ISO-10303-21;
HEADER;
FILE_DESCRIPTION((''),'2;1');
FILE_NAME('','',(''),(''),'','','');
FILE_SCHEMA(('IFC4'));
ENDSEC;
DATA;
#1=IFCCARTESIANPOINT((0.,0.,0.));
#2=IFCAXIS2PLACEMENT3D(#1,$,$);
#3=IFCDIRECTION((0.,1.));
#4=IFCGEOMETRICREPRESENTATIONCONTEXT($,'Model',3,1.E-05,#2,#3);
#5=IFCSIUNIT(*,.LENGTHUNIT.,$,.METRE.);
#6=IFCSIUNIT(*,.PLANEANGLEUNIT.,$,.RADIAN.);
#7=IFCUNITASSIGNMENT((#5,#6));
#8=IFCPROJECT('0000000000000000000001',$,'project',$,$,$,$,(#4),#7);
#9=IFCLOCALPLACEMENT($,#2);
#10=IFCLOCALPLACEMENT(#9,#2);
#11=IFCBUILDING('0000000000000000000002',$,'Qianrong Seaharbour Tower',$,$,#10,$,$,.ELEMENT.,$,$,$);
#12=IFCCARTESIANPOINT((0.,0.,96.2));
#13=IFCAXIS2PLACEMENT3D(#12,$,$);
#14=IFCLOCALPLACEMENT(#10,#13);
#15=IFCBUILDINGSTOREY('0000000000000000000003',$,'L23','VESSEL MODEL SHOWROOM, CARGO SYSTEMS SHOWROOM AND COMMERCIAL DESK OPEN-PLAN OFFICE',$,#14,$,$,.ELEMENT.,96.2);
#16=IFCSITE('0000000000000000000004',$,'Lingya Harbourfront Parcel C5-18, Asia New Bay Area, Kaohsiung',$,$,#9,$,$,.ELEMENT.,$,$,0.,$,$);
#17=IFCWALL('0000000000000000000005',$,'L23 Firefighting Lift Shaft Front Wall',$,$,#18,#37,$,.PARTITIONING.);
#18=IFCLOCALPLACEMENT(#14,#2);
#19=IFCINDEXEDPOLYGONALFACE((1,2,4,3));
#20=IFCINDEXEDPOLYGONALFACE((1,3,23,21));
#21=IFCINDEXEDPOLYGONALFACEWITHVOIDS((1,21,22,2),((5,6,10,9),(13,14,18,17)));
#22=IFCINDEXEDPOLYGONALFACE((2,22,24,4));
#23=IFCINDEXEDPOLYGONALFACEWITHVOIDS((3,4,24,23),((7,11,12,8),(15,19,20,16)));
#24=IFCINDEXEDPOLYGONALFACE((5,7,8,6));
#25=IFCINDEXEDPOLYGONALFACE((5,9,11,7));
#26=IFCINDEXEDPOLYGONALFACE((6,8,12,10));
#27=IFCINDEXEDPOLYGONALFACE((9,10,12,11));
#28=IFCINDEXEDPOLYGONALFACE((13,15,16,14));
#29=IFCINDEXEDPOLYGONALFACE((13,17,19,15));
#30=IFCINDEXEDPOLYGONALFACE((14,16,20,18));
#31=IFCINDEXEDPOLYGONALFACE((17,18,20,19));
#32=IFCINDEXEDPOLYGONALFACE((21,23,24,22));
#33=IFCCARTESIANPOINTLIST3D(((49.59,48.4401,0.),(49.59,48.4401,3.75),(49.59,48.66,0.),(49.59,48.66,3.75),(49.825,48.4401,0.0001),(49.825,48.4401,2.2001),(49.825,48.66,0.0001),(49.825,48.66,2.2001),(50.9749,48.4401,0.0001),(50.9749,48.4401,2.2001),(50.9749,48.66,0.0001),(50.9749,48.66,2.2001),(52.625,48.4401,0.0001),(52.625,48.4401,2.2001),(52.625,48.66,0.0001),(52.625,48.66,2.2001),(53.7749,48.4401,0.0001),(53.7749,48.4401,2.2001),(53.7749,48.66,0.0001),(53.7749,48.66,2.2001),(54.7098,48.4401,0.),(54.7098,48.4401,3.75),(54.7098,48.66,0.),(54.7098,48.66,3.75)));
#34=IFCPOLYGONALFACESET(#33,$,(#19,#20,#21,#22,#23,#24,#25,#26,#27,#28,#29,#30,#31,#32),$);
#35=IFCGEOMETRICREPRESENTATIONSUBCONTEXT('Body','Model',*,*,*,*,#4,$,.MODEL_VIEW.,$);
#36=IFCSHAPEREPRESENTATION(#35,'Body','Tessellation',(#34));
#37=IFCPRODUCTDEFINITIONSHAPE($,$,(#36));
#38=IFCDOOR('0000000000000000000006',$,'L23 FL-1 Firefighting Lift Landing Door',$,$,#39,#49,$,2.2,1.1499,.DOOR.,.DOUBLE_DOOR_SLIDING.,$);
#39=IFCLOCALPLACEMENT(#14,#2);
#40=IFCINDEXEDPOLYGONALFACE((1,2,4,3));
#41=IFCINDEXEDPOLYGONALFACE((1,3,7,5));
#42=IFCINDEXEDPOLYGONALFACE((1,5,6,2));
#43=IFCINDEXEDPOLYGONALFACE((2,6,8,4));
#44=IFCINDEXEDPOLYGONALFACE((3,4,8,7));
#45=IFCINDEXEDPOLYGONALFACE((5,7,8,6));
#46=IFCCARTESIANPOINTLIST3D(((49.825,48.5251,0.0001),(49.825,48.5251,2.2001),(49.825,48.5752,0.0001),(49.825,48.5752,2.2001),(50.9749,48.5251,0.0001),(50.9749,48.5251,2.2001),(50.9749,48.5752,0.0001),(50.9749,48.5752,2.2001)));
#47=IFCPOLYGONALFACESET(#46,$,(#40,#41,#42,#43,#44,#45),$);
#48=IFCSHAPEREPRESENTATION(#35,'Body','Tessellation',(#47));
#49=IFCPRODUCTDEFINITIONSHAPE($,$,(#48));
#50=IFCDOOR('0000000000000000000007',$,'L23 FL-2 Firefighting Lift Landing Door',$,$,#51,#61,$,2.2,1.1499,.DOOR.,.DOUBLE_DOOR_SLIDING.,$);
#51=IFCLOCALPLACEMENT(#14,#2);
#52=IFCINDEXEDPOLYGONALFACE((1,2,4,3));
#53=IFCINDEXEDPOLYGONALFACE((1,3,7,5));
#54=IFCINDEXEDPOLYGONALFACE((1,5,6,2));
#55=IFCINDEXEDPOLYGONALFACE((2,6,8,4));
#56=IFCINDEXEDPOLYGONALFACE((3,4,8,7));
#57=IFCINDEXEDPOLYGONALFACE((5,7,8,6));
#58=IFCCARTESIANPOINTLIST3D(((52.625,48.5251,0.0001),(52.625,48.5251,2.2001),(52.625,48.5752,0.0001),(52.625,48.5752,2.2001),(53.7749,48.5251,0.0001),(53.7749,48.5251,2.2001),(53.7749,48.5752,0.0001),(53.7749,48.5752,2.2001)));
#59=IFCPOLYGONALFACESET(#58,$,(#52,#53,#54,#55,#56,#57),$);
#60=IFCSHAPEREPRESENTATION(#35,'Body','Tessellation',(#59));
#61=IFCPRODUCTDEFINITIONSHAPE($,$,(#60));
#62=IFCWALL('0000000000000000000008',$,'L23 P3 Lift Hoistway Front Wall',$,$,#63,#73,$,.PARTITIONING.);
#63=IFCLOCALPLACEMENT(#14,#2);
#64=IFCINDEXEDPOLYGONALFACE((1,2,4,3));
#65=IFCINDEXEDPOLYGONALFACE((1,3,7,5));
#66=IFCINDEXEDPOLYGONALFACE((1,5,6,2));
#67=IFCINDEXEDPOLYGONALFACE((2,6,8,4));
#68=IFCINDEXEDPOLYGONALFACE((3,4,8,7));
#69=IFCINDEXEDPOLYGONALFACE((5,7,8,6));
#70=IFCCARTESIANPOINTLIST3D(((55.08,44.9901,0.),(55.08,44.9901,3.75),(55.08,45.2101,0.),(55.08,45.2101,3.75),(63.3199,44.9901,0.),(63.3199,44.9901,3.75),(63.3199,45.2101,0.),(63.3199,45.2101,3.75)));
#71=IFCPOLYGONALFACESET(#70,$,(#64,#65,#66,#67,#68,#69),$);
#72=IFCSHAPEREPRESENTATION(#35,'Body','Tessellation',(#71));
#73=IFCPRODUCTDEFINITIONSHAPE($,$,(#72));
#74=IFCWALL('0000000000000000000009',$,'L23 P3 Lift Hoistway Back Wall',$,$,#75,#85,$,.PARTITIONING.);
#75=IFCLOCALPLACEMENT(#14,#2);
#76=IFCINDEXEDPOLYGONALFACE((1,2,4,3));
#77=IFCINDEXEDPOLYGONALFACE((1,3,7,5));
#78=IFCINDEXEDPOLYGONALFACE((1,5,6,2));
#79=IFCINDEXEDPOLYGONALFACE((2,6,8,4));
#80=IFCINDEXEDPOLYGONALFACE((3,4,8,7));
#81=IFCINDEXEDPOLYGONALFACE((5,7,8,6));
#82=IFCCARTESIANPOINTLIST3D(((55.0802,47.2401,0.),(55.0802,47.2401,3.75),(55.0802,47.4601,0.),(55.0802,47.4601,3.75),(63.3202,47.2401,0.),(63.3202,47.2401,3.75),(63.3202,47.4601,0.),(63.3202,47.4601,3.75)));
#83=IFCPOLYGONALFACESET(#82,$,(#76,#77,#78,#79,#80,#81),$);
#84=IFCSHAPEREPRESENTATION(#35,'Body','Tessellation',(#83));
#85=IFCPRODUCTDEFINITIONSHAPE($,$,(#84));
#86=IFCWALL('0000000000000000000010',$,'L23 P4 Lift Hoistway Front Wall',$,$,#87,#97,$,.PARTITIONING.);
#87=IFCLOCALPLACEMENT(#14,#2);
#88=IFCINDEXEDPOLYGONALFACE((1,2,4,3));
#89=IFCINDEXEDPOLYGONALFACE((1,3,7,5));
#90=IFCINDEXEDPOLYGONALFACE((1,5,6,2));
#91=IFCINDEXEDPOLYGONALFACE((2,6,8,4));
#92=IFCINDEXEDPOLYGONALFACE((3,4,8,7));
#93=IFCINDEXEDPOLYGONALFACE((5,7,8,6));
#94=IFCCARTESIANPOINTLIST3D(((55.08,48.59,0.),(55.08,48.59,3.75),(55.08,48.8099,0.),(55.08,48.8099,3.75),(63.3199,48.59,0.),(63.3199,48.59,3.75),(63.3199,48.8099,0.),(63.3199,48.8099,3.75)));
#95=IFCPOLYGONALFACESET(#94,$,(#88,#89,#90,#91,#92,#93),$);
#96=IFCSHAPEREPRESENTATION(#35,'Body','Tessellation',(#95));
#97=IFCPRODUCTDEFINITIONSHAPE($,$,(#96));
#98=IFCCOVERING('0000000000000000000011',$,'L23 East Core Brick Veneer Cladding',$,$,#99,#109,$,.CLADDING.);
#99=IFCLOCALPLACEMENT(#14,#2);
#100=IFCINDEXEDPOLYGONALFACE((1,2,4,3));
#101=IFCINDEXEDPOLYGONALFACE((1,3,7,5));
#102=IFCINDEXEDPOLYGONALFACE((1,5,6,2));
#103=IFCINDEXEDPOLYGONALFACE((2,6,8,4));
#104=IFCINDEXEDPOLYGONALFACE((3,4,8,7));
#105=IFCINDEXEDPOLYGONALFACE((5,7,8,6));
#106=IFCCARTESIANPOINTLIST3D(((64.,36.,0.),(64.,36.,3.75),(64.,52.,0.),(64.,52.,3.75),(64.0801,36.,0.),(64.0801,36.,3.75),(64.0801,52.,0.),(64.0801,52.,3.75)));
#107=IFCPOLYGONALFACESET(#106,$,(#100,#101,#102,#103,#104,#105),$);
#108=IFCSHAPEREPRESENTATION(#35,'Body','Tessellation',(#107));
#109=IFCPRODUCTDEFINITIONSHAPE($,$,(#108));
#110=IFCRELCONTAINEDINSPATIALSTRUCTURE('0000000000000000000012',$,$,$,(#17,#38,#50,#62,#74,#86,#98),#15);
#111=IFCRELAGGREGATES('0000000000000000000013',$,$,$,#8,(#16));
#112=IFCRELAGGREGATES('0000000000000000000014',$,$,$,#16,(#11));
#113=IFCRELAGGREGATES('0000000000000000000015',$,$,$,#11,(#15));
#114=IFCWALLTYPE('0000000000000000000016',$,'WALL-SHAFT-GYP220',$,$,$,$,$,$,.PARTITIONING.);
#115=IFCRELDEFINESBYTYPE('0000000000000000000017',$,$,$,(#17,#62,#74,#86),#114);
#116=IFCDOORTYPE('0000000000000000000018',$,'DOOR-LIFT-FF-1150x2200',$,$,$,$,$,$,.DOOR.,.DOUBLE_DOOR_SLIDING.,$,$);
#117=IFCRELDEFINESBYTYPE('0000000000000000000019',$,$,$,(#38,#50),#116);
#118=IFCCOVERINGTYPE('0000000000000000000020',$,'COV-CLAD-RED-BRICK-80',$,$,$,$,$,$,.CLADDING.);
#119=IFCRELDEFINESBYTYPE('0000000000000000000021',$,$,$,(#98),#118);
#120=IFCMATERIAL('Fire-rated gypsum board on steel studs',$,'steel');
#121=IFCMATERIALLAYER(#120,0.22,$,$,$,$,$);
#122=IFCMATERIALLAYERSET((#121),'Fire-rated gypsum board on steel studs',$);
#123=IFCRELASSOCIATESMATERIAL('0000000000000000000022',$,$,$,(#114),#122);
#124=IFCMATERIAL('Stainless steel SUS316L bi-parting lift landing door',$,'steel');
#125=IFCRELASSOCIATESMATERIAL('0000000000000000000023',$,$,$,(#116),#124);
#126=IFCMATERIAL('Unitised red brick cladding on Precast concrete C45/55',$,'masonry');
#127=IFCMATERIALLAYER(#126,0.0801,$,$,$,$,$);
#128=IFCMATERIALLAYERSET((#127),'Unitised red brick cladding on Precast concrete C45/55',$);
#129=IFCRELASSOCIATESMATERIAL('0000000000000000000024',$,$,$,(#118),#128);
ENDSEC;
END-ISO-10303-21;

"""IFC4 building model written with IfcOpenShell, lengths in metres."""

from ifc_helpers import new_model, si_unit, direction, frame, frame_2d, origin, origin_2d, place, context, subcontext, project, spatial, rectangle, extrude, material, layer, layer_set, type_object, element, fill, save


model = new_model("IFC4")

# Units and contexts
model_context = context("Model", 3, precision=1e-05, world=origin(), true_north=direction((0.0, 1.0)))
body_context = subcontext(model_context, "Body", "Model", "MODEL_VIEW")
ifc_project = project(units=[si_unit("LENGTHUNIT", "METRE"), si_unit("PLANEANGLEUNIT", "RADIAN")], contexts=[model_context])

# Site, building, storey
site_placement = place(None, origin())
site = spatial("IfcSite", under=ifc_project, at=site_placement, Name="Lingya Harbourfront Parcel C5-18, Asia New Bay Area, Kaohsiung", CompositionType="ELEMENT", RefElevation=0.0)
building_placement = place(site_placement, origin())
building = spatial("IfcBuilding", under=site, at=building_placement, Name="Qianrong Seaharbour Tower", CompositionType="ELEMENT")
storey_placement = place(building_placement, frame((0.0, 0.0, 96.2)))
storey = spatial("IfcBuildingStorey", under=building, at=storey_placement, Name="L23", Description="VESSEL MODEL SHOWROOM, CARGO SYSTEMS SHOWROOM AND COMMERCIAL DESK OPEN-PLAN OFFICE", CompositionType="ELEMENT", Elevation=96.2)

# Shared definitions
ifc_material_1 = material(Name="Fire-rated gypsum board on steel studs", Category="steel")

# Wall, openings, doors
ifc_layer_1 = layer(ifc_material_1, 0.22)
ifc_layer_set_1 = layer_set([ifc_layer_1], Name="Fire-rated gypsum board on steel studs")
wall_type_1 = type_object("IfcWallType", Name="WALL-SHAFT-GYP220", PredefinedType="PARTITIONING", material=ifc_layer_set_1)
wall_1_placement = place(storey_placement, frame((54.71, 48.55, 0.0), z_axis=(0.0, 0.0, 1.0), x_axis=(-1.0, 0.0, 0.0)))
wall_1 = element("IfcWall", 1, at=wall_1_placement, inside=storey, type_object=wall_type_1, Name="L23 Firefighting Lift Shaft Front Wall", PredefinedType="PARTITIONING", context=body_context, shape_type="SweptSolid", body=[
    extrude(rectangle(XDim=5.1199, YDim=0.22, at=frame_2d((2.5601, 0.0))), origin(), (0.0, 0.0, 1.0), 3.75),
])
opening_1_placement = place(wall_1_placement, frame((3.7351, 0.0, 0.0)))
opening_1 = element("IfcOpeningElement", 2, at=opening_1_placement, cuts=wall_1, PredefinedType="OPENING", context=body_context, shape_type="SweptSolid", body=[
    extrude(rectangle(XDim=1.1499, YDim=2.2, at=frame_2d((0.575, 1.1001))), frame((0.0, 0.1201, 0.0), z_axis=(0.0, -1.0, 0.0), x_axis=(1.0, 0.0, 0.0)), (0.0, 0.0, 1.0), 0.24),
])
opening_2_placement = place(wall_1_placement, frame((0.9351, 0.0, 0.0)))
opening_2 = element("IfcOpeningElement", 3, at=opening_2_placement, cuts=wall_1, PredefinedType="OPENING", context=body_context, shape_type="SweptSolid", body=[
    extrude(rectangle(XDim=1.1499, YDim=2.2, at=frame_2d((0.575, 1.1001))), frame((0.0, 0.1201, 0.0), z_axis=(0.0, -1.0, 0.0), x_axis=(1.0, 0.0, 0.0)), (0.0, 0.0, 1.0), 0.24),
])
ifc_material_2 = material(Name="Stainless steel SUS316L bi-parting lift landing door", Category="steel")
door_type_1 = type_object("IfcDoorType", Name="DOOR-LIFT-FF-1150x2200", OperationType="DOUBLE_DOOR_SLIDING", PredefinedType="DOOR", material=ifc_material_2)
door_1_placement = place(opening_1_placement, origin())
door_1 = element("IfcDoor", 4, at=door_1_placement, inside=storey, type_object=door_type_1, Name="L23 FL-1 Firefighting Lift Landing Door", OperationType="DOUBLE_DOOR_SLIDING", OverallHeight=2.2, OverallWidth=1.1499, PredefinedType="DOOR", context=body_context, shape_type="SweptSolid", body=[
    extrude(rectangle(XDim=1.1499, YDim=2.2, at=frame_2d((0.575, 1.1001))), frame((0.0, 0.0249, 0.0), z_axis=(0.0, -1.0, 0.0), x_axis=(1.0, 0.0, 0.0)), (0.0, 0.0, 1.0), 0.05),
])
fill(opening_1, door_1)
door_2_placement = place(opening_2_placement, origin())
door_2 = element("IfcDoor", 5, at=door_2_placement, inside=storey, type_object=door_type_1, Name="L23 FL-2 Firefighting Lift Landing Door", OperationType="DOUBLE_DOOR_SLIDING", OverallHeight=2.2, OverallWidth=1.1499, PredefinedType="DOOR", context=body_context, shape_type="SweptSolid", body=[
    extrude(rectangle(XDim=1.1499, YDim=2.2, at=frame_2d((0.575, 1.1001))), frame((0.0, 0.0249, 0.0), z_axis=(0.0, -1.0, 0.0), x_axis=(1.0, 0.0, 0.0)), (0.0, 0.0, 1.0), 0.05),
])
fill(opening_2, door_2)

# Walls
for number, where, z_axis, x_axis, name in (
    (6, (63.3201, 45.1001, 0.0), (0.0, 0.0, 1.0), (-1.0, 0.0, 0.0), "L23 P3 Lift Hoistway Front Wall"),
    (7, (55.0801, 47.3501, 0.0), (0.0, 0.0, 1.0), (1.0, 0.0, 0.0), "L23 P3 Lift Hoistway Back Wall"),
    (8, (63.3201, 48.7, 0.0), (0.0, 0.0, 1.0), (-1.0, 0.0, 0.0), "L23 P4 Lift Hoistway Front Wall"),
):
    element("IfcWall", number, at=place(storey_placement, frame(where, z_axis=z_axis, x_axis=x_axis)), inside=storey, type_object=wall_type_1, Name=name, PredefinedType="PARTITIONING", context=body_context, shape_type="SweptSolid", body=[
        extrude(rectangle(XDim=8.24, YDim=0.22, at=frame_2d((4.1201, 0.0))), origin(), (0.0, 0.0, 1.0), 3.75),
    ])

# Covering
ifc_material_3 = material(Name="Unitised red brick cladding on Precast concrete C45/55", Category="masonry")
ifc_layer_2 = layer(ifc_material_3, 0.0801)
ifc_layer_set_2 = layer_set([ifc_layer_2], Name="Unitised red brick cladding on Precast concrete C45/55")
covering_type = type_object("IfcCoveringType", Name="COV-CLAD-RED-BRICK-80", PredefinedType="CLADDING", material=ifc_layer_set_2)
covering_placement = place(storey_placement, frame((64.04, 44.0, 0.0), z_axis=(0.0, 0.0, 1.0), x_axis=(1.0, 0.0, 0.0)))
element("IfcCovering", 9, at=covering_placement, inside=storey, type_object=covering_type, Name="L23 East Core Brick Veneer Cladding", PredefinedType="CLADDING", context=body_context, shape_type="SweptSolid", body=[
    extrude(rectangle(XDim=0.0801, YDim=16.0, at=origin_2d()), origin(), (0.0, 0.0, 1.0), 3.75),
])

save(model, "model.ifc")
